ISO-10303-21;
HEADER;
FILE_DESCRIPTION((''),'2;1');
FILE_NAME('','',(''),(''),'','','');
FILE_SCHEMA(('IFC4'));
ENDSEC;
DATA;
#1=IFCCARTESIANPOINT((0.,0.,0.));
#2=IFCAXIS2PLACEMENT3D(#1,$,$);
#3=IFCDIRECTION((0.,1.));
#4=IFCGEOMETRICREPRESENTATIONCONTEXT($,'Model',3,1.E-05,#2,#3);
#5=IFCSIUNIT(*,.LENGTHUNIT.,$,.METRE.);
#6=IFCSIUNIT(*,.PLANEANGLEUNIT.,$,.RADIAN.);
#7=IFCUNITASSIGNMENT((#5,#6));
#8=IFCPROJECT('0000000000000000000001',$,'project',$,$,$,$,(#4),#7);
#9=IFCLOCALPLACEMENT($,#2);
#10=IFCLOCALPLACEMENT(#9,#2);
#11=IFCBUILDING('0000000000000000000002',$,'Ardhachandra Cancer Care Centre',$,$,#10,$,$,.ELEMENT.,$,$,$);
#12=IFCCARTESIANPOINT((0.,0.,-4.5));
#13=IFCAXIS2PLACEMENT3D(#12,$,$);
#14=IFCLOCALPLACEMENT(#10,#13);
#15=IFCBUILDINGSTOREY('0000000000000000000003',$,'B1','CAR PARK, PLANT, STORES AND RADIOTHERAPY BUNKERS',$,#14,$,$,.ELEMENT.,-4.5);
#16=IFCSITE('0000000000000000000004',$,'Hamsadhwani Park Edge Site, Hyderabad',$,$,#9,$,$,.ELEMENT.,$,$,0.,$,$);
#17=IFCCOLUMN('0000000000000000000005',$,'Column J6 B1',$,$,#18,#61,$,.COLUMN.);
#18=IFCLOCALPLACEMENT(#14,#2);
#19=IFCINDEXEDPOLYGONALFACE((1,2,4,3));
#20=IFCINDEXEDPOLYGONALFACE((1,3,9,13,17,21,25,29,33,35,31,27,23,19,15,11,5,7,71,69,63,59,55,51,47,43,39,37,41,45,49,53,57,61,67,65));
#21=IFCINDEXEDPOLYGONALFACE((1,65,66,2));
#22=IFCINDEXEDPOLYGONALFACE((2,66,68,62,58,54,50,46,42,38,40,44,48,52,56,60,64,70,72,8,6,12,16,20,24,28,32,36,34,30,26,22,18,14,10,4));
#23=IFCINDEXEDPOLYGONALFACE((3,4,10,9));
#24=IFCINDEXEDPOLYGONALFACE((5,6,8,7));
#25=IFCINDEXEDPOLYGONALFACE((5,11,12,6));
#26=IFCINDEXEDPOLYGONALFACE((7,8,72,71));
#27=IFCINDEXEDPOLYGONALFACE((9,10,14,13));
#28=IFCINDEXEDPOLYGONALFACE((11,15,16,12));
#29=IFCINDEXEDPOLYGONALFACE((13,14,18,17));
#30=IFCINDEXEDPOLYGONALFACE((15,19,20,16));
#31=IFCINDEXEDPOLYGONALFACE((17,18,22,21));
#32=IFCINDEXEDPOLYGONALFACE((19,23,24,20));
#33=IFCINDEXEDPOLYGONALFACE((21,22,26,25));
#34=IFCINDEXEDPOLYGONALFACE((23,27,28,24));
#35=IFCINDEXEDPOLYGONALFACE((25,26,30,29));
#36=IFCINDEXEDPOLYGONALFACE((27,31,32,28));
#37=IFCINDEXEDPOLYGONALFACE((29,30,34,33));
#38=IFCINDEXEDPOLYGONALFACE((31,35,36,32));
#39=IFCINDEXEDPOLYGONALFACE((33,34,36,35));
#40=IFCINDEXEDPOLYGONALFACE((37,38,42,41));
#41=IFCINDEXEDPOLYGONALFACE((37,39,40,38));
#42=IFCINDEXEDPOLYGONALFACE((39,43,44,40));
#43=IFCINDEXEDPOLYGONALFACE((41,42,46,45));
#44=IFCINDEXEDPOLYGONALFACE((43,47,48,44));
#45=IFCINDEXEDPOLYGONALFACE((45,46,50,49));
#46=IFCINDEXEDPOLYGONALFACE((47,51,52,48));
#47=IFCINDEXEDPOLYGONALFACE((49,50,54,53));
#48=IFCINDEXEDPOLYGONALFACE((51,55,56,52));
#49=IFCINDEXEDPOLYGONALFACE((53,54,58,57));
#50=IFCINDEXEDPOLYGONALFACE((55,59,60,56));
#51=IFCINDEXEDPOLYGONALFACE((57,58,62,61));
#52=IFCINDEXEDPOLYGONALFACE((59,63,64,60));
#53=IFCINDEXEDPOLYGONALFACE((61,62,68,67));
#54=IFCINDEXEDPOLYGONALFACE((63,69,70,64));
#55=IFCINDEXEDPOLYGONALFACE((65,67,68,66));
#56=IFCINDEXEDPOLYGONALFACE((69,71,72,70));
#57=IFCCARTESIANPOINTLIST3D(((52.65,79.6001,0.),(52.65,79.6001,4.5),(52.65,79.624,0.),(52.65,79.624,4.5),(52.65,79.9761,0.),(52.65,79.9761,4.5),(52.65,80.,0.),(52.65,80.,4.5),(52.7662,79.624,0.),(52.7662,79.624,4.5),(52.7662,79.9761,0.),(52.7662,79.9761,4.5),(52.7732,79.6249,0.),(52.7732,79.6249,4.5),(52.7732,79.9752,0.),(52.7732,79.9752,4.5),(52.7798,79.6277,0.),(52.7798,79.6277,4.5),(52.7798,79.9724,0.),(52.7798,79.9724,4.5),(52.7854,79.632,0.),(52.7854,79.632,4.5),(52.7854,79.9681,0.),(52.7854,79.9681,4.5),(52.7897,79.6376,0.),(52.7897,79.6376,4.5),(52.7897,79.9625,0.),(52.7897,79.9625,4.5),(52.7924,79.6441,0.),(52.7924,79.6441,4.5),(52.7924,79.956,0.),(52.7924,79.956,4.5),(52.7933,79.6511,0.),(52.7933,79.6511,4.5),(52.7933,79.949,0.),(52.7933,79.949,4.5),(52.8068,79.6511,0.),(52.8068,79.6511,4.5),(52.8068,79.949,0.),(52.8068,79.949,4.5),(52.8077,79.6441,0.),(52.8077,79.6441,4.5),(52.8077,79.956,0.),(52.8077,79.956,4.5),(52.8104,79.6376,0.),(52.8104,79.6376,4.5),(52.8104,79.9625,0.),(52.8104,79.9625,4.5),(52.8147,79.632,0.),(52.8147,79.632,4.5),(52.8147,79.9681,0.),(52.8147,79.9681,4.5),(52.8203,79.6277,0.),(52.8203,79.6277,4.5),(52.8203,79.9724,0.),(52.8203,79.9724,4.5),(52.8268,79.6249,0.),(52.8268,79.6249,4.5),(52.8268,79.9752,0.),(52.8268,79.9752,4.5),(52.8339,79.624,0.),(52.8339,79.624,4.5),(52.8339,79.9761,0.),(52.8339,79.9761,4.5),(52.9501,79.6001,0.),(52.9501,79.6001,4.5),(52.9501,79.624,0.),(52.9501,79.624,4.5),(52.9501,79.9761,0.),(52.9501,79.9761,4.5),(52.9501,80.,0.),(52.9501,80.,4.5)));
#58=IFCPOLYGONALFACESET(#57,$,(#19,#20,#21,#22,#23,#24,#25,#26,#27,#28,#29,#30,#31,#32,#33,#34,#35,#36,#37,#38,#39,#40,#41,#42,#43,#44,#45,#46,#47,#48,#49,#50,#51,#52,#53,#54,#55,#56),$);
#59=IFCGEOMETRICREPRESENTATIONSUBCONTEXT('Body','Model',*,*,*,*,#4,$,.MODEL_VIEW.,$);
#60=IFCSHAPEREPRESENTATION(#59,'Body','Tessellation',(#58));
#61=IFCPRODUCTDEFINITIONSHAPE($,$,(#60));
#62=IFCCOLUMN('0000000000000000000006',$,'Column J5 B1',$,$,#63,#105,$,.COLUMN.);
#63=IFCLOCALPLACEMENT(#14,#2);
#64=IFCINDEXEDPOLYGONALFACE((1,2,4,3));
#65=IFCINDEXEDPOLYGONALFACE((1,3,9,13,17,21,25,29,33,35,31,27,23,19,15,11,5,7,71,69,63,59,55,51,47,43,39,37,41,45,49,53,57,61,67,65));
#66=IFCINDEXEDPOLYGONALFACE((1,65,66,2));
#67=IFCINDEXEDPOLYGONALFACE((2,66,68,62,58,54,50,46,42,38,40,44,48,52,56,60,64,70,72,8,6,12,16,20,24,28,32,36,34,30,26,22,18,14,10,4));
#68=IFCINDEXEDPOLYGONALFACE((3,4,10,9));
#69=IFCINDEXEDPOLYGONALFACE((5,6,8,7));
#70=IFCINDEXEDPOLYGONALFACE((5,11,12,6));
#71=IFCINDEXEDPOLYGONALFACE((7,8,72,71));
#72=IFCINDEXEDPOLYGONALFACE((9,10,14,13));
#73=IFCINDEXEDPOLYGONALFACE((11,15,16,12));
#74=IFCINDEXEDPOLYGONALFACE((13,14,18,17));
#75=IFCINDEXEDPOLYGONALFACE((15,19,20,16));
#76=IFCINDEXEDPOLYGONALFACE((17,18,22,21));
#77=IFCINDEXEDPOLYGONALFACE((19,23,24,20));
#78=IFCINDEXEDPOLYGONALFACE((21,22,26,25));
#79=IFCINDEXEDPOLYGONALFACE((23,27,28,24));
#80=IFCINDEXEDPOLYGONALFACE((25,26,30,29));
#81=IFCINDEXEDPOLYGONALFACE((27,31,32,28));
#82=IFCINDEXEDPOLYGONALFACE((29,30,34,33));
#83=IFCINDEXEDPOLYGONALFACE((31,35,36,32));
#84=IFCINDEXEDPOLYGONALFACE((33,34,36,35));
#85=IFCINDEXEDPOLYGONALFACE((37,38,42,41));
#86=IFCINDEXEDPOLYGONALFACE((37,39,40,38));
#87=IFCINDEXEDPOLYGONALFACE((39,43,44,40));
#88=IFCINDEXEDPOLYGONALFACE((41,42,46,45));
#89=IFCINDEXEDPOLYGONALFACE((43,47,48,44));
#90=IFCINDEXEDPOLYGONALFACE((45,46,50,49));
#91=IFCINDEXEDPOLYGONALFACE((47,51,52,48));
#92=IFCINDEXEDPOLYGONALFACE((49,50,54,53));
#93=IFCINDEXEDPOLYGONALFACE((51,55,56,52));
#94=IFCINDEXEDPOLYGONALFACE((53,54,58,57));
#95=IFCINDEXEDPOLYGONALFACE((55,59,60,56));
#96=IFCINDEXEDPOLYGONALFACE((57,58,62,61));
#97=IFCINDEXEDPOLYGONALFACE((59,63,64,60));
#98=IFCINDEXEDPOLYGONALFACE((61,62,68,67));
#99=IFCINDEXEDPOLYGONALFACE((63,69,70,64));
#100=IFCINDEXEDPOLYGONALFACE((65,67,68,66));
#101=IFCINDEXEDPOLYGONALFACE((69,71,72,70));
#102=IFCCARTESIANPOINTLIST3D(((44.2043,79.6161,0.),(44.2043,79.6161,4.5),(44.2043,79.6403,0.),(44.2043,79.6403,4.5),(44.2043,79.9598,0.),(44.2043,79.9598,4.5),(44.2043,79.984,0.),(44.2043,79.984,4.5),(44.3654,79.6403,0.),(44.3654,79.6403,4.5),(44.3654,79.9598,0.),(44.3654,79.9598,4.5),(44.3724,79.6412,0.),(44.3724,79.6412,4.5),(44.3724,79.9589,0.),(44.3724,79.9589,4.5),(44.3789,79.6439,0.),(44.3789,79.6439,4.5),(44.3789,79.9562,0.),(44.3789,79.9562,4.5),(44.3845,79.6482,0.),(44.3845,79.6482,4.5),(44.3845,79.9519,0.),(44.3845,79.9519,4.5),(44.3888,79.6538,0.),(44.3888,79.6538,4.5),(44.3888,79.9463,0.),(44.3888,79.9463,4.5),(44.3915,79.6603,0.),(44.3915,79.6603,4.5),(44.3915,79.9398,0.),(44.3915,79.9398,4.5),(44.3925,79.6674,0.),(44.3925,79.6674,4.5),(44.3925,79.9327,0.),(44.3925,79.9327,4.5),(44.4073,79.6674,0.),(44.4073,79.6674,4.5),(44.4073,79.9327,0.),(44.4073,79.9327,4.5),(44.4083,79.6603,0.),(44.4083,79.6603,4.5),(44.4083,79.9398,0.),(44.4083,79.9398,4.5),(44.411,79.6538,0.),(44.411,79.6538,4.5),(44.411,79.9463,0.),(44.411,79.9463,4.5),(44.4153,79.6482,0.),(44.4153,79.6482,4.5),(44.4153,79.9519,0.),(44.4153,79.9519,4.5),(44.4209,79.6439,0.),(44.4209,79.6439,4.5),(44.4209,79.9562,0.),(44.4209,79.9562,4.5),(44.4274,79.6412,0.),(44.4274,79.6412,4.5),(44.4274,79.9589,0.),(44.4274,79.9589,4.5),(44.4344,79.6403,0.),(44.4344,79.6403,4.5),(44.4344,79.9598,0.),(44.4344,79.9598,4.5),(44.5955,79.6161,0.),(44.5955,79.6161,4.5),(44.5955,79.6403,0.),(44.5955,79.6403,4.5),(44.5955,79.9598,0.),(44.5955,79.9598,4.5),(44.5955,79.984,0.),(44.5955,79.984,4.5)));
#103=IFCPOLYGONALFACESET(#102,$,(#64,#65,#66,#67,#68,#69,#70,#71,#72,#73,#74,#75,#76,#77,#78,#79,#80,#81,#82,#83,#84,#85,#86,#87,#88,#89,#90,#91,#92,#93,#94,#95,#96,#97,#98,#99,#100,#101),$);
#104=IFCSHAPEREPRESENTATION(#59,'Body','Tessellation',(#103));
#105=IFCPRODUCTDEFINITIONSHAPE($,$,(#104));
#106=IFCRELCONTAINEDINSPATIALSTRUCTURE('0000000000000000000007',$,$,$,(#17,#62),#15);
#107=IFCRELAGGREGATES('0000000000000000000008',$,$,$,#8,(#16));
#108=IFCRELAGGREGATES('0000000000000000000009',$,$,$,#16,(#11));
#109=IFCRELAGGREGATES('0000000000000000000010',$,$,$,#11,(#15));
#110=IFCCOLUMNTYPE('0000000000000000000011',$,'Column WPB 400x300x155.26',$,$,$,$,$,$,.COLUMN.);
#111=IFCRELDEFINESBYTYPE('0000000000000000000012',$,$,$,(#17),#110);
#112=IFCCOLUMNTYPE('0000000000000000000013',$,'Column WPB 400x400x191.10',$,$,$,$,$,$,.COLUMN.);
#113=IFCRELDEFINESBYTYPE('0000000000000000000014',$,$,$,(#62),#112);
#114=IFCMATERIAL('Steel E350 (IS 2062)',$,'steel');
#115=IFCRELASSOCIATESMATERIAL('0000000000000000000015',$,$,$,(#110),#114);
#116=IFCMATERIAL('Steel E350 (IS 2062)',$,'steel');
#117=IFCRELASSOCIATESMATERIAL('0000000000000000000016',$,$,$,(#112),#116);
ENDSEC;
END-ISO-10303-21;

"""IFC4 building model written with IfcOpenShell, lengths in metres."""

from ifc_helpers import new_model, si_unit, direction, frame, origin, origin_2d, place, context, subcontext, project, spatial, i_section, extrude, material, material_profile, profile_set, type_object, element, save


model = new_model("IFC4")

# Units and contexts
model_context = context("Model", 3, precision=1e-05, world=origin(), true_north=direction((0.0, 1.0)))
body_context = subcontext(model_context, "Body", "Model", "MODEL_VIEW")
ifc_project = project(units=[si_unit("LENGTHUNIT", "METRE"), si_unit("PLANEANGLEUNIT", "RADIAN")], contexts=[model_context])

# Site, building, storey
site_placement = place(None, origin())
site = spatial("IfcSite", under=ifc_project, at=site_placement, Name="Hamsadhwani Park Edge Site, Hyderabad", CompositionType="ELEMENT", RefElevation=0.0)
building_placement = place(site_placement, origin())
building = spatial("IfcBuilding", under=site, at=building_placement, Name="Ardhachandra Cancer Care Centre", CompositionType="ELEMENT")
storey_placement = place(building_placement, frame((0.0, 0.0, -4.5)))
storey = spatial("IfcBuildingStorey", under=building, at=storey_placement, Name="B1", Description="CAR PARK, PLANT, STORES AND RADIOTHERAPY BUNKERS", CompositionType="ELEMENT", Elevation=-4.5)

# Columns
ifc_material_1 = material(Name="Steel E350 (IS 2062)", Category="steel")
ifc_material_profile_1 = material_profile(ifc_material_1, i_section(OverallWidth=0.3, OverallDepth=0.3999, WebThickness=0.0134, FlangeThickness=0.0239, FilletRadius=0.0271, at=origin_2d()), Name="WPB 400x300x155.26")
ifc_profile_set_1 = profile_set([ifc_material_profile_1], Name="Steel E350 (IS 2062)")
column_type_1 = type_object("IfcColumnType", Name="Column WPB 400x300x155.26", PredefinedType="COLUMN", material=ifc_profile_set_1)
column_1_placement = place(storey_placement, frame((52.8, 79.8, 0.0), z_axis=(0.0, 0.0, 1.0), x_axis=(1.0, 0.0, 0.0)))
element("IfcColumn", 1, at=column_1_placement, inside=storey, type_object=column_type_1, Name="Column J6 B1", PredefinedType="COLUMN", context=body_context, shape_type="SweptSolid", body=[
    extrude(i_section(OverallWidth=0.3, OverallDepth=0.3999, WebThickness=0.0134, FlangeThickness=0.0239, FilletRadius=0.0271, at=origin_2d()), origin(), (0.0, 0.0, 1.0), 4.5),
])
ifc_material_2 = material(Name="Steel E350 (IS 2062)", Category="steel")
ifc_material_profile_2 = material_profile(ifc_material_2, i_section(OverallWidth=0.3911, OverallDepth=0.3679, WebThickness=0.0149, FlangeThickness=0.0242, FilletRadius=0.0271, at=origin_2d()), Name="WPB 400x400x191.10")
ifc_profile_set_2 = profile_set([ifc_material_profile_2], Name="Steel E350 (IS 2062)")
column_type_2 = type_object("IfcColumnType", Name="Column WPB 400x400x191.10", PredefinedType="COLUMN", material=ifc_profile_set_2)
column_2_placement = place(storey_placement, frame((44.3999, 79.8, 0.0), z_axis=(0.0, 0.0, 1.0), x_axis=(1.0, 0.0, 0.0)))
element("IfcColumn", 2, at=column_2_placement, inside=storey, type_object=column_type_2, Name="Column J5 B1", PredefinedType="COLUMN", context=body_context, shape_type="SweptSolid", body=[
    extrude(i_section(OverallWidth=0.3911, OverallDepth=0.3679, WebThickness=0.0149, FlangeThickness=0.0242, FilletRadius=0.0271, at=origin_2d()), origin(), (0.0, 0.0, 1.0), 4.5),
])

save(model, "model.ifc")
